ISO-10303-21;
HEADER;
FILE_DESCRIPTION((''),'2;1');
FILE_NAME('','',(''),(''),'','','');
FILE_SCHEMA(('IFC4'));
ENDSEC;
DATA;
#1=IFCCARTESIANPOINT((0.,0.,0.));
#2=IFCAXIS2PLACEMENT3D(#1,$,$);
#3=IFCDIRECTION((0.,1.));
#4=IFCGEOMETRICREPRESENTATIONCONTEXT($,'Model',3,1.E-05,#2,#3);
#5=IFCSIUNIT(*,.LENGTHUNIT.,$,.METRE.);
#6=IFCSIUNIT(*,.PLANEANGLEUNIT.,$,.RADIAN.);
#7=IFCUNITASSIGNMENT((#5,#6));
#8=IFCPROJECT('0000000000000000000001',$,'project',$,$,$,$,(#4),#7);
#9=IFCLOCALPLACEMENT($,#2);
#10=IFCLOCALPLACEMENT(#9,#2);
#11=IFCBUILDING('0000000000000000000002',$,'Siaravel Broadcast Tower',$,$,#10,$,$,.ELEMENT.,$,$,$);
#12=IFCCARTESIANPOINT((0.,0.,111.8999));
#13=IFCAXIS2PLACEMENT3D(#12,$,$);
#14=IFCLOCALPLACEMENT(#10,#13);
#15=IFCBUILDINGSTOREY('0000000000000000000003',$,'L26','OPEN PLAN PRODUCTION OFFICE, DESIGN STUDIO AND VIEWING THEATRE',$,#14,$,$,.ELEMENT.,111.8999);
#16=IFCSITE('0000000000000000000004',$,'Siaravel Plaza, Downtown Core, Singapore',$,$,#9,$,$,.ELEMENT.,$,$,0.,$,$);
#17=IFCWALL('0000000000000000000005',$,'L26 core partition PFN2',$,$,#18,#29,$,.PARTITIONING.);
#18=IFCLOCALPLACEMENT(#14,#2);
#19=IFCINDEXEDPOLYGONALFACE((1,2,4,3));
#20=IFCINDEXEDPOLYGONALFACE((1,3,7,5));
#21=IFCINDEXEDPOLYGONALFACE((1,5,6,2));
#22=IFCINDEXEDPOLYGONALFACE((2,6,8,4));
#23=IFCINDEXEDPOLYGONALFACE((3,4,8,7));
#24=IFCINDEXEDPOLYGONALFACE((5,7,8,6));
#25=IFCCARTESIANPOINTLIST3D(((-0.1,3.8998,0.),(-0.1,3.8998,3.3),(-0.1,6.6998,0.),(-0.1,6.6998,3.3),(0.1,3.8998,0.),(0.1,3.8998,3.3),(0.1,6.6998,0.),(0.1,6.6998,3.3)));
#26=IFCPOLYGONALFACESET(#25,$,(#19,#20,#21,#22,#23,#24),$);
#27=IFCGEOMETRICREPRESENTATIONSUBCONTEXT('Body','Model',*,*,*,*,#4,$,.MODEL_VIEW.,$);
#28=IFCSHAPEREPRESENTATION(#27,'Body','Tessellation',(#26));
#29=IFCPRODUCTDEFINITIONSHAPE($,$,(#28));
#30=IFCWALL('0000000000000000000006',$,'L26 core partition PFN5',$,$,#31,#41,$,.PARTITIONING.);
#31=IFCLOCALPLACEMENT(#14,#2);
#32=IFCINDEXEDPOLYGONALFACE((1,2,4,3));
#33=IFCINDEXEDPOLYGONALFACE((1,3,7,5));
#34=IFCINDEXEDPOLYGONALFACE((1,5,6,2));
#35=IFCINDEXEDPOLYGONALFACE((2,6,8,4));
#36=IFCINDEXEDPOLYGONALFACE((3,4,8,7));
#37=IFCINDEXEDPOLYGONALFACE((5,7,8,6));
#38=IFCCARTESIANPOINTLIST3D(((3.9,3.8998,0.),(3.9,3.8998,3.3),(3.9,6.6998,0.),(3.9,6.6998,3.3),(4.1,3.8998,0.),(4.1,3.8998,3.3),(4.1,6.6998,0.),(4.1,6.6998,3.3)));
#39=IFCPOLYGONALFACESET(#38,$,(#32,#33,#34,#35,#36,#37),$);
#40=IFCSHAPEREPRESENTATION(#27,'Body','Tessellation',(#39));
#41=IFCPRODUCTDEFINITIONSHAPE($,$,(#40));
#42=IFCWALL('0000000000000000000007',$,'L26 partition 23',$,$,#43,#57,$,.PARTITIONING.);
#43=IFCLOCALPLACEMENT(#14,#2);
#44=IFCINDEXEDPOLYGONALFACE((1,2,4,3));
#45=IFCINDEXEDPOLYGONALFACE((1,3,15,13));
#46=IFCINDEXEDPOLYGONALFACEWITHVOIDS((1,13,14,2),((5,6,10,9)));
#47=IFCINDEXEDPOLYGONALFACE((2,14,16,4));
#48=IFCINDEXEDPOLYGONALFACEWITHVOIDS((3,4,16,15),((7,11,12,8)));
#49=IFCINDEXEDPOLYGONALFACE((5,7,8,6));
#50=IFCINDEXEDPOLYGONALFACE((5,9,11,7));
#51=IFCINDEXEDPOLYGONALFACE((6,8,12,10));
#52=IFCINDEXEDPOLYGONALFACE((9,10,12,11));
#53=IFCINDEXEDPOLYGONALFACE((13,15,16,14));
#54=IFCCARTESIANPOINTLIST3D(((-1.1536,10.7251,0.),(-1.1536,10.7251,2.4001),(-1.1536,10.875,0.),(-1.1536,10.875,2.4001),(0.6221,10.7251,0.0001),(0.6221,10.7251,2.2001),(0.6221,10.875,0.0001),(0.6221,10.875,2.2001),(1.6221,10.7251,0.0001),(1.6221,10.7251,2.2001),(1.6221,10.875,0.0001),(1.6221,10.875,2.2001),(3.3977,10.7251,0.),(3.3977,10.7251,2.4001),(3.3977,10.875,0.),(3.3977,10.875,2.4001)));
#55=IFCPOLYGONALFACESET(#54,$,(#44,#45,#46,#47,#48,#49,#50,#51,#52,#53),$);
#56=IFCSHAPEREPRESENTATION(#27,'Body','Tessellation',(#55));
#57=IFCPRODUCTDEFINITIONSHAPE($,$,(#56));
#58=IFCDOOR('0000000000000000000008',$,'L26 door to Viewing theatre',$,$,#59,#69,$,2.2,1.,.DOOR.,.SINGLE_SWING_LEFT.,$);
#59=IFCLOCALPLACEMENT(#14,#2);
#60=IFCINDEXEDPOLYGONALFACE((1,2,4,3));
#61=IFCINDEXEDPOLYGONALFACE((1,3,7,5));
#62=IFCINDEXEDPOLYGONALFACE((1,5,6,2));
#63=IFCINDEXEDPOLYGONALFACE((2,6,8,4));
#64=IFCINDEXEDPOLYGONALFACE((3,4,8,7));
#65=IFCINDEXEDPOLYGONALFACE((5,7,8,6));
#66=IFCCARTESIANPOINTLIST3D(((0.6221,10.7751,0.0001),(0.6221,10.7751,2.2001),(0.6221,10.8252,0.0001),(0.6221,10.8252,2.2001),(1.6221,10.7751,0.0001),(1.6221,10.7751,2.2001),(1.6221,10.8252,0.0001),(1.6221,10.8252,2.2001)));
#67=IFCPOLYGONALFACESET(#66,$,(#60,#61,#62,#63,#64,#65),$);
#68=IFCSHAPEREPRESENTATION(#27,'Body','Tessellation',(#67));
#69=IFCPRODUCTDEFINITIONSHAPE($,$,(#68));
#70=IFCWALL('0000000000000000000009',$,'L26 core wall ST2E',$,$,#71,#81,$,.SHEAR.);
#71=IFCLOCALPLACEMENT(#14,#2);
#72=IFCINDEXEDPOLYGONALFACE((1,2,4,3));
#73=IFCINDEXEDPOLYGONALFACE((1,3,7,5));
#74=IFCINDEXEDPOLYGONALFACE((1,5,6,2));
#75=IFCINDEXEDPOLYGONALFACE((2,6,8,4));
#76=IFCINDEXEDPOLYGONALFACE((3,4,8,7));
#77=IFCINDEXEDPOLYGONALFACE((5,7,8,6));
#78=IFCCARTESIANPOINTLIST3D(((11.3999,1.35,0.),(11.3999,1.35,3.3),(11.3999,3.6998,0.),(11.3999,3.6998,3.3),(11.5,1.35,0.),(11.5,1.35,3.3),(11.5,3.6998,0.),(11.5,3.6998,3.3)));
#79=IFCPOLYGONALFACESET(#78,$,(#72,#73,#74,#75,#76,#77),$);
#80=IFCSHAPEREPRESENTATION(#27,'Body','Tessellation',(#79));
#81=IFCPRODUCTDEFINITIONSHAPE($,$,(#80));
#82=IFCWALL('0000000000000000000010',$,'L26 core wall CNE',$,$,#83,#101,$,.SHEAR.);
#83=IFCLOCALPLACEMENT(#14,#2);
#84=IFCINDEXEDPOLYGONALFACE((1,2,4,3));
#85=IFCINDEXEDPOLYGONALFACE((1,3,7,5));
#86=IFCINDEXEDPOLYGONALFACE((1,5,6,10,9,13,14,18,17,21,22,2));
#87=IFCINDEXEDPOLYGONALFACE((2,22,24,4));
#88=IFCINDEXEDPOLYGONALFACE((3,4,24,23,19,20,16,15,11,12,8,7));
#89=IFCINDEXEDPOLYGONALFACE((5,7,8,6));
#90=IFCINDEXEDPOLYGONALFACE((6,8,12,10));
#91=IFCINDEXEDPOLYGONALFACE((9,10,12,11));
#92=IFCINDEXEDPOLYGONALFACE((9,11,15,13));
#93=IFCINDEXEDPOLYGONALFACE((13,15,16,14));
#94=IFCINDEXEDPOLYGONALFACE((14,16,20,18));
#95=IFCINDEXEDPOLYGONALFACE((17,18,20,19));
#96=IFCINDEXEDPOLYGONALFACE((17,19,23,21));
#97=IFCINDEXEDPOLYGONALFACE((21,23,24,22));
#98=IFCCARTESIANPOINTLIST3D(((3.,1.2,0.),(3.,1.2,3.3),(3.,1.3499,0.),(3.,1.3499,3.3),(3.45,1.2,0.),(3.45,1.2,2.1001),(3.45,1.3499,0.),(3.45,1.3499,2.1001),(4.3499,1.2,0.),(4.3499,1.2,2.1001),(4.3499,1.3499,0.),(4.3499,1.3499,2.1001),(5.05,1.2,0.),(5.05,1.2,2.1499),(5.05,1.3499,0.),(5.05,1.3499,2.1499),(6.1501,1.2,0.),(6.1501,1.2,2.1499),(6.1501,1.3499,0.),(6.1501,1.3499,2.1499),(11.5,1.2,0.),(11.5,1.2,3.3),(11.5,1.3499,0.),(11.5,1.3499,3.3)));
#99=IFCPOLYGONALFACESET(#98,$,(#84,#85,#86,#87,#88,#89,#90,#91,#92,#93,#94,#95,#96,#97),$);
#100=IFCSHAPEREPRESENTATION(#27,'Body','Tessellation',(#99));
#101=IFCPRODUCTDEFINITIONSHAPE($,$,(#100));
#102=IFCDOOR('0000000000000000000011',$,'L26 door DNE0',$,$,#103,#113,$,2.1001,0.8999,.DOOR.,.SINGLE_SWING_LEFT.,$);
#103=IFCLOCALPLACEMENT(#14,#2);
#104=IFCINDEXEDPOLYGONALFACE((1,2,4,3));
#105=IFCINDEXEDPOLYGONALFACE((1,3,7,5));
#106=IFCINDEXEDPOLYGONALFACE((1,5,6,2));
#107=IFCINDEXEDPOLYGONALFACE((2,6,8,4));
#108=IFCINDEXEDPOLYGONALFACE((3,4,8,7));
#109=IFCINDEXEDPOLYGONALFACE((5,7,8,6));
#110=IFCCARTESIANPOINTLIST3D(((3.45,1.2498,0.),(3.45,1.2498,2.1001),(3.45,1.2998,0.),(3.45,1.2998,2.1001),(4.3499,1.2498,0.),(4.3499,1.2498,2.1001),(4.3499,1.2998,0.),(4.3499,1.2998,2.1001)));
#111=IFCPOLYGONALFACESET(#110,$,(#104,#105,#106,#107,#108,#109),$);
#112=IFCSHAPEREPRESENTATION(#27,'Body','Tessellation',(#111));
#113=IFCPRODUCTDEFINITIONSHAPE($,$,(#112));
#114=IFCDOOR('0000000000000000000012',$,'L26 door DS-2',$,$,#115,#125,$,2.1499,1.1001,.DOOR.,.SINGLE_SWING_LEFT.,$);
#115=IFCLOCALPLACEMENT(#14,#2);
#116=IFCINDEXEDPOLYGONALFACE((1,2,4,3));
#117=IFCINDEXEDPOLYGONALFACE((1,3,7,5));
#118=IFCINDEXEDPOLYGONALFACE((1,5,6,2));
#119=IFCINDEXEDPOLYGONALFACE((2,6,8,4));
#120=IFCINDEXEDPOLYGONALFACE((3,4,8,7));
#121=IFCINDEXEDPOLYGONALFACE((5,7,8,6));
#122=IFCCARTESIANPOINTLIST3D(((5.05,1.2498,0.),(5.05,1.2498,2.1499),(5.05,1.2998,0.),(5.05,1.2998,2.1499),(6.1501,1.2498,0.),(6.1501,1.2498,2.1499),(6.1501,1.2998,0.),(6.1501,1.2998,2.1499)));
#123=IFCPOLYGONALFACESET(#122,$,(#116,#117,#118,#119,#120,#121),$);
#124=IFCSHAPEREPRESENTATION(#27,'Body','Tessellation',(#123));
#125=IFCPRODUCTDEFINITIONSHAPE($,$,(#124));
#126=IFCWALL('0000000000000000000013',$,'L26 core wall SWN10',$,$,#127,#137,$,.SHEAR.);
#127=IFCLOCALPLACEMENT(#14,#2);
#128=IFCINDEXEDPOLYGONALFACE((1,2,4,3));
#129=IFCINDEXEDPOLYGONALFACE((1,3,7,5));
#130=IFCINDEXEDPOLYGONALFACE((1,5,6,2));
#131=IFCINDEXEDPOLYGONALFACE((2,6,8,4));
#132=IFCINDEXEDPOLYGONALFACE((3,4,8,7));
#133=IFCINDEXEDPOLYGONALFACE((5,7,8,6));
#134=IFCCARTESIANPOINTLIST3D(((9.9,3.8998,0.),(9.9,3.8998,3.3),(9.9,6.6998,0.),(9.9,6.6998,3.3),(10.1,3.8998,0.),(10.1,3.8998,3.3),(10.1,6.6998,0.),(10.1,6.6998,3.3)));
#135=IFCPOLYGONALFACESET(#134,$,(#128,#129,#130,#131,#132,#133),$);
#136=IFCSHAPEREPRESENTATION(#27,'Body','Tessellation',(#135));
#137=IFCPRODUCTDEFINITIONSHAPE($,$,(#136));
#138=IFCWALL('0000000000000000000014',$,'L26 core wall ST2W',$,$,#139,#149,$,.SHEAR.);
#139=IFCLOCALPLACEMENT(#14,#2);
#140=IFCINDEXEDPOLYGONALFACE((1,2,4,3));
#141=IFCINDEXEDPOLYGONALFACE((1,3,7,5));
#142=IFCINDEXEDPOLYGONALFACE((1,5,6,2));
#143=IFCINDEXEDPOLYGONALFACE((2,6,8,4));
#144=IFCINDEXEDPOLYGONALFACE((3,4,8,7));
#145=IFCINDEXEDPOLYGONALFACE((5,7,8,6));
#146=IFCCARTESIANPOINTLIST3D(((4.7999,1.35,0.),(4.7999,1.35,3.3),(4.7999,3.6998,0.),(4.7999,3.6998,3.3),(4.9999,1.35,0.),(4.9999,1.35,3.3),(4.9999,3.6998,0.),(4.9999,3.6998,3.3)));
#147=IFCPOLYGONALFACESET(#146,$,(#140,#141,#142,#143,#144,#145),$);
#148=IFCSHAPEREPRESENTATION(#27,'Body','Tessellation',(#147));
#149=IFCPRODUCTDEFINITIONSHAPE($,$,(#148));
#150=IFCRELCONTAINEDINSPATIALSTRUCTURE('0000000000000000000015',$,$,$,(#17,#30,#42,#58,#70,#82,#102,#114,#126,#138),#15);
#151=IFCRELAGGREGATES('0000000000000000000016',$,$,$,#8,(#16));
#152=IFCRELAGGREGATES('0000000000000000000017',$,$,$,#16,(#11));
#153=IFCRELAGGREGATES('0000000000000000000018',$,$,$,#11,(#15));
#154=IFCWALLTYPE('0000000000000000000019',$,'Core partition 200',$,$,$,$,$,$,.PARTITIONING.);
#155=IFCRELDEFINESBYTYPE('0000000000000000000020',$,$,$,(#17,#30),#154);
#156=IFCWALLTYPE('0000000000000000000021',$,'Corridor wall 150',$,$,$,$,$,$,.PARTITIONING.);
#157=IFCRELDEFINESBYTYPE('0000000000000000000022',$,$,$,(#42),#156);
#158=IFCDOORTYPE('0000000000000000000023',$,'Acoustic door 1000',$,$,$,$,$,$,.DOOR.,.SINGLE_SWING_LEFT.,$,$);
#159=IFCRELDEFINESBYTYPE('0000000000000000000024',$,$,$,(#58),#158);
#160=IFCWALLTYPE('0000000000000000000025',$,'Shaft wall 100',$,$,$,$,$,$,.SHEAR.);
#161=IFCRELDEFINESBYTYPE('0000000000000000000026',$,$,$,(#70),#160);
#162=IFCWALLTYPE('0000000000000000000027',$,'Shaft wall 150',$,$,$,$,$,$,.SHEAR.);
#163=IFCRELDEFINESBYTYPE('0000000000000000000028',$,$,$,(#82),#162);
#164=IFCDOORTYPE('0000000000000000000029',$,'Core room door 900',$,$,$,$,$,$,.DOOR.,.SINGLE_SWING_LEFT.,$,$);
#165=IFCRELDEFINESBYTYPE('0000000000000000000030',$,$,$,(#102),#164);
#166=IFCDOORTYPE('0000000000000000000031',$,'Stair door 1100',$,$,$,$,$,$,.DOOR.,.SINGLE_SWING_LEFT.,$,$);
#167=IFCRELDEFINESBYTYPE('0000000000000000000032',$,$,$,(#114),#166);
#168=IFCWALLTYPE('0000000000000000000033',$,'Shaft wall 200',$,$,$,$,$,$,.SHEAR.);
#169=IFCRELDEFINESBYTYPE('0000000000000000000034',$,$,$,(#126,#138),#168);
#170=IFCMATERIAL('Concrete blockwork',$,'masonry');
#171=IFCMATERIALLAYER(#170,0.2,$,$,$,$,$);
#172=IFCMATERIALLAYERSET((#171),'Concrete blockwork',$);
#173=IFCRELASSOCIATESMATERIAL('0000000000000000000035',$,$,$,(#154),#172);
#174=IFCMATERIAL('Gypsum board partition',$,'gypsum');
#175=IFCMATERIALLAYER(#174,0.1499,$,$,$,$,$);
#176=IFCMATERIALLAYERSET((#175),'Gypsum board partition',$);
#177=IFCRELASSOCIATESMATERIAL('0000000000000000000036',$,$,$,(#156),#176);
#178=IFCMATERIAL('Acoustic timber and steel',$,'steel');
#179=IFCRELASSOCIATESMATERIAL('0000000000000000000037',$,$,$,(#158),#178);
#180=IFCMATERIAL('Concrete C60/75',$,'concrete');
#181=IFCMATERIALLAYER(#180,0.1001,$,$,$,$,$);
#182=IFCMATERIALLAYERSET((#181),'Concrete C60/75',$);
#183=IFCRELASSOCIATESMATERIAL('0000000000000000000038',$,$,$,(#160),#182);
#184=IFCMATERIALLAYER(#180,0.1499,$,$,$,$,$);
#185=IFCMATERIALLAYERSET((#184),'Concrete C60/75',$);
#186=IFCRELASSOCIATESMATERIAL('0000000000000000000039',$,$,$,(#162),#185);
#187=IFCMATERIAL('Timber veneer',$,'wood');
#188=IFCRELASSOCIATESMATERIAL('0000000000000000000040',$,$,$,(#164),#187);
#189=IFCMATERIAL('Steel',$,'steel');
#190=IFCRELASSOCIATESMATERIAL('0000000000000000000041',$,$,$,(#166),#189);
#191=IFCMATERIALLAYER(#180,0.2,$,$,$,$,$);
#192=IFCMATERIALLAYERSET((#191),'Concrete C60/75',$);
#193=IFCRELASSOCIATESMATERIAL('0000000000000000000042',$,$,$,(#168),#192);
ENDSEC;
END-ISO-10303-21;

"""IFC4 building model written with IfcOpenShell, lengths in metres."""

from ifc_helpers import new_model, si_unit, direction, frame, frame_2d, origin, place, context, subcontext, project, spatial, rectangle, extrude, material, layer, layer_set, type_object, element, fill, save


model = new_model("IFC4")

# Units and contexts
model_context = context("Model", 3, precision=1e-05, world=origin(), true_north=direction((0.0, 1.0)))
body_context = subcontext(model_context, "Body", "Model", "MODEL_VIEW")
ifc_project = project(units=[si_unit("LENGTHUNIT", "METRE"), si_unit("PLANEANGLEUNIT", "RADIAN")], contexts=[model_context])

# Site, building, storey
site_placement = place(None, origin())
site = spatial("IfcSite", under=ifc_project, at=site_placement, Name="Siaravel Plaza, Downtown Core, Singapore", CompositionType="ELEMENT", RefElevation=0.0)
building_placement = place(site_placement, origin())
building = spatial("IfcBuilding", under=site, at=building_placement, Name="Siaravel Broadcast Tower", CompositionType="ELEMENT")
storey_placement = place(building_placement, frame((0.0, 0.0, 111.8999)))
storey = spatial("IfcBuildingStorey", under=building, at=storey_placement, Name="L26", Description="OPEN PLAN PRODUCTION OFFICE, DESIGN STUDIO AND VIEWING THEATRE", CompositionType="ELEMENT", Elevation=111.8999)

# Walls
ifc_material_1 = material(Name="Concrete blockwork", Category="masonry")
ifc_layer_1 = layer(ifc_material_1, 0.2)
ifc_layer_set_1 = layer_set([ifc_layer_1], Name="Concrete blockwork")
wall_type_1 = type_object("IfcWallType", Name="Core partition 200", PredefinedType="PARTITIONING", material=ifc_layer_set_1)
for number, where, z_axis, x_axis, name in (
    (1, (0.0, 3.8999, 0.0), (0.0, 0.0, 1.0), (0.0, 1.0, 0.0), "L26 core partition PFN2"),
    (2, (4.0, 3.8999, 0.0), (0.0, 0.0, 1.0), (0.0, 1.0, 0.0), "L26 core partition PFN5"),
):
    element("IfcWall", number, at=place(storey_placement, frame(where, z_axis=z_axis, x_axis=x_axis)), inside=storey, type_object=wall_type_1, Name=name, PredefinedType="PARTITIONING", context=body_context, shape_type="SweptSolid", body=[
        extrude(rectangle(XDim=2.8, YDim=0.2, at=frame_2d((1.3999, 0.0))), origin(), (0.0, 0.0, 1.0), 3.3),
    ])

# Wall, opening, door
ifc_material_2 = material(Name="Gypsum board partition", Category="gypsum")
ifc_layer_2 = layer(ifc_material_2, 0.1499)
ifc_layer_set_2 = layer_set([ifc_layer_2], Name="Gypsum board partition")
wall_type_2 = type_object("IfcWallType", Name="Corridor wall 150", PredefinedType="PARTITIONING", material=ifc_layer_set_2)
wall_1_placement = place(storey_placement, frame((3.3977, 10.8, 0.0), z_axis=(0.0, 0.0, 1.0), x_axis=(-1.0, 0.0, 0.0)))
wall_1 = element("IfcWall", 3, at=wall_1_placement, inside=storey, type_object=wall_type_2, Name="L26 partition 23", PredefinedType="PARTITIONING", context=body_context, shape_type="SweptSolid", body=[
    extrude(rectangle(XDim=4.5513, YDim=0.1499, at=frame_2d((2.2756, 0.0))), origin(), (0.0, 0.0, 1.0), 2.4001),
])
opening_1_placement = place(wall_1_placement, frame((1.7756, 0.0, 0.0)))
opening_1 = element("IfcOpeningElement", 4, at=opening_1_placement, cuts=wall_1, PredefinedType="OPENING", context=body_context, shape_type="SweptSolid", body=[
    extrude(rectangle(XDim=1.0, YDim=2.2, at=frame_2d((0.5, 1.1001))), frame((0.0, 0.085, 0.0), z_axis=(0.0, -1.0, 0.0), x_axis=(1.0, 0.0, 0.0)), (0.0, 0.0, 1.0), 0.1699),
])
ifc_material_3 = material(Name="Acoustic timber and steel", Category="steel")
door_type_1 = type_object("IfcDoorType", Name="Acoustic door 1000", OperationType="SINGLE_SWING_LEFT", PredefinedType="DOOR", material=ifc_material_3)
door_1_placement = place(opening_1_placement, origin())
door_1 = element("IfcDoor", 5, at=door_1_placement, inside=storey, type_object=door_type_1, Name="L26 door to Viewing theatre", OperationType="SINGLE_SWING_LEFT", OverallHeight=2.2, OverallWidth=1.0, PredefinedType="DOOR", context=body_context, shape_type="SweptSolid", body=[
    extrude(rectangle(XDim=1.0, YDim=2.2, at=frame_2d((0.5, 1.1001))), frame((0.0, 0.0249, 0.0), z_axis=(0.0, -1.0, 0.0), x_axis=(1.0, 0.0, 0.0)), (0.0, 0.0, 1.0), 0.05),
])
fill(opening_1, door_1)
ifc_material_4 = material(Name="Timber veneer", Category="wood")

# Wall
ifc_material_5 = material(Name="Concrete C60/75", Category="concrete")
ifc_layer_3 = layer(ifc_material_5, 0.1001)
ifc_layer_set_3 = layer_set([ifc_layer_3], Name="Concrete C60/75")
wall_type_3 = type_object("IfcWallType", Name="Shaft wall 100", PredefinedType="SHEAR", material=ifc_layer_set_3)
wall_2_placement = place(storey_placement, frame((11.45, 1.3501, 0.0), z_axis=(0.0, 0.0, 1.0), x_axis=(0.0, 1.0, 0.0)))
element("IfcWall", 6, at=wall_2_placement, inside=storey, type_object=wall_type_3, Name="L26 core wall ST2E", PredefinedType="SHEAR", context=body_context, shape_type="SweptSolid", body=[
    extrude(rectangle(XDim=2.3499, YDim=0.1001, at=frame_2d((1.1748, 0.0))), origin(), (0.0, 0.0, 1.0), 3.3),
])

# Wall, openings, doors
ifc_layer_4 = layer(ifc_material_5, 0.1499)
ifc_layer_set_4 = layer_set([ifc_layer_4], Name="Concrete C60/75")
wall_type_4 = type_object("IfcWallType", Name="Shaft wall 150", PredefinedType="SHEAR", material=ifc_layer_set_4)
wall_3_placement = place(storey_placement, frame((3.0, 1.2749, 0.0), z_axis=(0.0, 0.0, 1.0), x_axis=(1.0, 0.0, 0.0)))
wall_3 = element("IfcWall", 7, at=wall_3_placement, inside=storey, type_object=wall_type_4, Name="L26 core wall CNE", PredefinedType="SHEAR", context=body_context, shape_type="SweptSolid", body=[
    extrude(rectangle(XDim=8.5, YDim=0.1499, at=frame_2d((4.25, 0.0))), origin(), (0.0, 0.0, 1.0), 3.3),
])
opening_2_placement = place(wall_3_placement, frame((2.05, 0.0, 0.0)))
opening_2 = element("IfcOpeningElement", 8, at=opening_2_placement, cuts=wall_3, PredefinedType="OPENING", context=body_context, shape_type="SweptSolid", body=[
    extrude(rectangle(XDim=1.1001, YDim=2.1499, at=frame_2d((0.55, 1.075))), frame((0.0, 0.085, 0.0), z_axis=(0.0, -1.0, 0.0), x_axis=(1.0, 0.0, 0.0)), (0.0, 0.0, 1.0), 0.1699),
])
opening_3_placement = place(wall_3_placement, frame((0.45, 0.0, 0.0)))
opening_3 = element("IfcOpeningElement", 9, at=opening_3_placement, cuts=wall_3, PredefinedType="OPENING", context=body_context, shape_type="SweptSolid", body=[
    extrude(rectangle(XDim=0.8999, YDim=2.1001, at=frame_2d((0.45, 1.05))), frame((0.0, 0.085, 0.0), z_axis=(0.0, -1.0, 0.0), x_axis=(1.0, 0.0, 0.0)), (0.0, 0.0, 1.0), 0.1699),
])
door_type_2 = type_object("IfcDoorType", Name="Core room door 900", OperationType="SINGLE_SWING_LEFT", PredefinedType="DOOR", material=ifc_material_4)
door_2_placement = place(opening_3_placement, origin())
door_2 = element("IfcDoor", 10, at=door_2_placement, inside=storey, type_object=door_type_2, Name="L26 door DNE0", OperationType="SINGLE_SWING_LEFT", OverallHeight=2.1001, OverallWidth=0.8999, PredefinedType="DOOR", context=body_context, shape_type="SweptSolid", body=[
    extrude(rectangle(XDim=0.8999, YDim=2.1001, at=frame_2d((0.45, 1.05))), frame((0.0, 0.0249, 0.0), z_axis=(0.0, -1.0, 0.0), x_axis=(1.0, 0.0, 0.0)), (0.0, 0.0, 1.0), 0.05),
])
fill(opening_3, door_2)
ifc_material_6 = material(Name="Steel", Category="steel")
door_type_3 = type_object("IfcDoorType", Name="Stair door 1100", OperationType="SINGLE_SWING_LEFT", PredefinedType="DOOR", material=ifc_material_6)
door_3_placement = place(opening_2_placement, origin())
door_3 = element("IfcDoor", 11, at=door_3_placement, inside=storey, type_object=door_type_3, Name="L26 door DS-2", OperationType="SINGLE_SWING_LEFT", OverallHeight=2.1499, OverallWidth=1.1001, PredefinedType="DOOR", context=body_context, shape_type="SweptSolid", body=[
    extrude(rectangle(XDim=1.1001, YDim=2.1499, at=frame_2d((0.55, 1.075))), frame((0.0, 0.0249, 0.0), z_axis=(0.0, -1.0, 0.0), x_axis=(1.0, 0.0, 0.0)), (0.0, 0.0, 1.0), 0.05),
])
fill(opening_2, door_3)

# Walls
ifc_layer_5 = layer(ifc_material_5, 0.2)
ifc_layer_set_5 = layer_set([ifc_layer_5], Name="Concrete C60/75")
wall_type_5 = type_object("IfcWallType", Name="Shaft wall 200", PredefinedType="SHEAR", material=ifc_layer_set_5)
wall_4_placement = place(storey_placement, frame((10.0, 3.8999, 0.0), z_axis=(0.0, 0.0, 1.0), x_axis=(0.0, 1.0, 0.0)))
element("IfcWall", 12, at=wall_4_placement, inside=storey, type_object=wall_type_5, Name="L26 core wall SWN10", PredefinedType="SHEAR", context=body_context, shape_type="SweptSolid", body=[
    extrude(rectangle(XDim=2.8, YDim=0.2, at=frame_2d((1.3999, 0.0))), origin(), (0.0, 0.0, 1.0), 3.3),
])
wall_5_placement = place(storey_placement, frame((4.8999, 1.3501, 0.0), z_axis=(0.0, 0.0, 1.0), x_axis=(0.0, 1.0, 0.0)))
element("IfcWall", 13, at=wall_5_placement, inside=storey, type_object=wall_type_5, Name="L26 core wall ST2W", PredefinedType="SHEAR", context=body_context, shape_type="SweptSolid", body=[
    extrude(rectangle(XDim=2.3499, YDim=0.2, at=frame_2d((1.1748, 0.0))), origin(), (0.0, 0.0, 1.0), 3.3),
])

save(model, "model.ifc")
